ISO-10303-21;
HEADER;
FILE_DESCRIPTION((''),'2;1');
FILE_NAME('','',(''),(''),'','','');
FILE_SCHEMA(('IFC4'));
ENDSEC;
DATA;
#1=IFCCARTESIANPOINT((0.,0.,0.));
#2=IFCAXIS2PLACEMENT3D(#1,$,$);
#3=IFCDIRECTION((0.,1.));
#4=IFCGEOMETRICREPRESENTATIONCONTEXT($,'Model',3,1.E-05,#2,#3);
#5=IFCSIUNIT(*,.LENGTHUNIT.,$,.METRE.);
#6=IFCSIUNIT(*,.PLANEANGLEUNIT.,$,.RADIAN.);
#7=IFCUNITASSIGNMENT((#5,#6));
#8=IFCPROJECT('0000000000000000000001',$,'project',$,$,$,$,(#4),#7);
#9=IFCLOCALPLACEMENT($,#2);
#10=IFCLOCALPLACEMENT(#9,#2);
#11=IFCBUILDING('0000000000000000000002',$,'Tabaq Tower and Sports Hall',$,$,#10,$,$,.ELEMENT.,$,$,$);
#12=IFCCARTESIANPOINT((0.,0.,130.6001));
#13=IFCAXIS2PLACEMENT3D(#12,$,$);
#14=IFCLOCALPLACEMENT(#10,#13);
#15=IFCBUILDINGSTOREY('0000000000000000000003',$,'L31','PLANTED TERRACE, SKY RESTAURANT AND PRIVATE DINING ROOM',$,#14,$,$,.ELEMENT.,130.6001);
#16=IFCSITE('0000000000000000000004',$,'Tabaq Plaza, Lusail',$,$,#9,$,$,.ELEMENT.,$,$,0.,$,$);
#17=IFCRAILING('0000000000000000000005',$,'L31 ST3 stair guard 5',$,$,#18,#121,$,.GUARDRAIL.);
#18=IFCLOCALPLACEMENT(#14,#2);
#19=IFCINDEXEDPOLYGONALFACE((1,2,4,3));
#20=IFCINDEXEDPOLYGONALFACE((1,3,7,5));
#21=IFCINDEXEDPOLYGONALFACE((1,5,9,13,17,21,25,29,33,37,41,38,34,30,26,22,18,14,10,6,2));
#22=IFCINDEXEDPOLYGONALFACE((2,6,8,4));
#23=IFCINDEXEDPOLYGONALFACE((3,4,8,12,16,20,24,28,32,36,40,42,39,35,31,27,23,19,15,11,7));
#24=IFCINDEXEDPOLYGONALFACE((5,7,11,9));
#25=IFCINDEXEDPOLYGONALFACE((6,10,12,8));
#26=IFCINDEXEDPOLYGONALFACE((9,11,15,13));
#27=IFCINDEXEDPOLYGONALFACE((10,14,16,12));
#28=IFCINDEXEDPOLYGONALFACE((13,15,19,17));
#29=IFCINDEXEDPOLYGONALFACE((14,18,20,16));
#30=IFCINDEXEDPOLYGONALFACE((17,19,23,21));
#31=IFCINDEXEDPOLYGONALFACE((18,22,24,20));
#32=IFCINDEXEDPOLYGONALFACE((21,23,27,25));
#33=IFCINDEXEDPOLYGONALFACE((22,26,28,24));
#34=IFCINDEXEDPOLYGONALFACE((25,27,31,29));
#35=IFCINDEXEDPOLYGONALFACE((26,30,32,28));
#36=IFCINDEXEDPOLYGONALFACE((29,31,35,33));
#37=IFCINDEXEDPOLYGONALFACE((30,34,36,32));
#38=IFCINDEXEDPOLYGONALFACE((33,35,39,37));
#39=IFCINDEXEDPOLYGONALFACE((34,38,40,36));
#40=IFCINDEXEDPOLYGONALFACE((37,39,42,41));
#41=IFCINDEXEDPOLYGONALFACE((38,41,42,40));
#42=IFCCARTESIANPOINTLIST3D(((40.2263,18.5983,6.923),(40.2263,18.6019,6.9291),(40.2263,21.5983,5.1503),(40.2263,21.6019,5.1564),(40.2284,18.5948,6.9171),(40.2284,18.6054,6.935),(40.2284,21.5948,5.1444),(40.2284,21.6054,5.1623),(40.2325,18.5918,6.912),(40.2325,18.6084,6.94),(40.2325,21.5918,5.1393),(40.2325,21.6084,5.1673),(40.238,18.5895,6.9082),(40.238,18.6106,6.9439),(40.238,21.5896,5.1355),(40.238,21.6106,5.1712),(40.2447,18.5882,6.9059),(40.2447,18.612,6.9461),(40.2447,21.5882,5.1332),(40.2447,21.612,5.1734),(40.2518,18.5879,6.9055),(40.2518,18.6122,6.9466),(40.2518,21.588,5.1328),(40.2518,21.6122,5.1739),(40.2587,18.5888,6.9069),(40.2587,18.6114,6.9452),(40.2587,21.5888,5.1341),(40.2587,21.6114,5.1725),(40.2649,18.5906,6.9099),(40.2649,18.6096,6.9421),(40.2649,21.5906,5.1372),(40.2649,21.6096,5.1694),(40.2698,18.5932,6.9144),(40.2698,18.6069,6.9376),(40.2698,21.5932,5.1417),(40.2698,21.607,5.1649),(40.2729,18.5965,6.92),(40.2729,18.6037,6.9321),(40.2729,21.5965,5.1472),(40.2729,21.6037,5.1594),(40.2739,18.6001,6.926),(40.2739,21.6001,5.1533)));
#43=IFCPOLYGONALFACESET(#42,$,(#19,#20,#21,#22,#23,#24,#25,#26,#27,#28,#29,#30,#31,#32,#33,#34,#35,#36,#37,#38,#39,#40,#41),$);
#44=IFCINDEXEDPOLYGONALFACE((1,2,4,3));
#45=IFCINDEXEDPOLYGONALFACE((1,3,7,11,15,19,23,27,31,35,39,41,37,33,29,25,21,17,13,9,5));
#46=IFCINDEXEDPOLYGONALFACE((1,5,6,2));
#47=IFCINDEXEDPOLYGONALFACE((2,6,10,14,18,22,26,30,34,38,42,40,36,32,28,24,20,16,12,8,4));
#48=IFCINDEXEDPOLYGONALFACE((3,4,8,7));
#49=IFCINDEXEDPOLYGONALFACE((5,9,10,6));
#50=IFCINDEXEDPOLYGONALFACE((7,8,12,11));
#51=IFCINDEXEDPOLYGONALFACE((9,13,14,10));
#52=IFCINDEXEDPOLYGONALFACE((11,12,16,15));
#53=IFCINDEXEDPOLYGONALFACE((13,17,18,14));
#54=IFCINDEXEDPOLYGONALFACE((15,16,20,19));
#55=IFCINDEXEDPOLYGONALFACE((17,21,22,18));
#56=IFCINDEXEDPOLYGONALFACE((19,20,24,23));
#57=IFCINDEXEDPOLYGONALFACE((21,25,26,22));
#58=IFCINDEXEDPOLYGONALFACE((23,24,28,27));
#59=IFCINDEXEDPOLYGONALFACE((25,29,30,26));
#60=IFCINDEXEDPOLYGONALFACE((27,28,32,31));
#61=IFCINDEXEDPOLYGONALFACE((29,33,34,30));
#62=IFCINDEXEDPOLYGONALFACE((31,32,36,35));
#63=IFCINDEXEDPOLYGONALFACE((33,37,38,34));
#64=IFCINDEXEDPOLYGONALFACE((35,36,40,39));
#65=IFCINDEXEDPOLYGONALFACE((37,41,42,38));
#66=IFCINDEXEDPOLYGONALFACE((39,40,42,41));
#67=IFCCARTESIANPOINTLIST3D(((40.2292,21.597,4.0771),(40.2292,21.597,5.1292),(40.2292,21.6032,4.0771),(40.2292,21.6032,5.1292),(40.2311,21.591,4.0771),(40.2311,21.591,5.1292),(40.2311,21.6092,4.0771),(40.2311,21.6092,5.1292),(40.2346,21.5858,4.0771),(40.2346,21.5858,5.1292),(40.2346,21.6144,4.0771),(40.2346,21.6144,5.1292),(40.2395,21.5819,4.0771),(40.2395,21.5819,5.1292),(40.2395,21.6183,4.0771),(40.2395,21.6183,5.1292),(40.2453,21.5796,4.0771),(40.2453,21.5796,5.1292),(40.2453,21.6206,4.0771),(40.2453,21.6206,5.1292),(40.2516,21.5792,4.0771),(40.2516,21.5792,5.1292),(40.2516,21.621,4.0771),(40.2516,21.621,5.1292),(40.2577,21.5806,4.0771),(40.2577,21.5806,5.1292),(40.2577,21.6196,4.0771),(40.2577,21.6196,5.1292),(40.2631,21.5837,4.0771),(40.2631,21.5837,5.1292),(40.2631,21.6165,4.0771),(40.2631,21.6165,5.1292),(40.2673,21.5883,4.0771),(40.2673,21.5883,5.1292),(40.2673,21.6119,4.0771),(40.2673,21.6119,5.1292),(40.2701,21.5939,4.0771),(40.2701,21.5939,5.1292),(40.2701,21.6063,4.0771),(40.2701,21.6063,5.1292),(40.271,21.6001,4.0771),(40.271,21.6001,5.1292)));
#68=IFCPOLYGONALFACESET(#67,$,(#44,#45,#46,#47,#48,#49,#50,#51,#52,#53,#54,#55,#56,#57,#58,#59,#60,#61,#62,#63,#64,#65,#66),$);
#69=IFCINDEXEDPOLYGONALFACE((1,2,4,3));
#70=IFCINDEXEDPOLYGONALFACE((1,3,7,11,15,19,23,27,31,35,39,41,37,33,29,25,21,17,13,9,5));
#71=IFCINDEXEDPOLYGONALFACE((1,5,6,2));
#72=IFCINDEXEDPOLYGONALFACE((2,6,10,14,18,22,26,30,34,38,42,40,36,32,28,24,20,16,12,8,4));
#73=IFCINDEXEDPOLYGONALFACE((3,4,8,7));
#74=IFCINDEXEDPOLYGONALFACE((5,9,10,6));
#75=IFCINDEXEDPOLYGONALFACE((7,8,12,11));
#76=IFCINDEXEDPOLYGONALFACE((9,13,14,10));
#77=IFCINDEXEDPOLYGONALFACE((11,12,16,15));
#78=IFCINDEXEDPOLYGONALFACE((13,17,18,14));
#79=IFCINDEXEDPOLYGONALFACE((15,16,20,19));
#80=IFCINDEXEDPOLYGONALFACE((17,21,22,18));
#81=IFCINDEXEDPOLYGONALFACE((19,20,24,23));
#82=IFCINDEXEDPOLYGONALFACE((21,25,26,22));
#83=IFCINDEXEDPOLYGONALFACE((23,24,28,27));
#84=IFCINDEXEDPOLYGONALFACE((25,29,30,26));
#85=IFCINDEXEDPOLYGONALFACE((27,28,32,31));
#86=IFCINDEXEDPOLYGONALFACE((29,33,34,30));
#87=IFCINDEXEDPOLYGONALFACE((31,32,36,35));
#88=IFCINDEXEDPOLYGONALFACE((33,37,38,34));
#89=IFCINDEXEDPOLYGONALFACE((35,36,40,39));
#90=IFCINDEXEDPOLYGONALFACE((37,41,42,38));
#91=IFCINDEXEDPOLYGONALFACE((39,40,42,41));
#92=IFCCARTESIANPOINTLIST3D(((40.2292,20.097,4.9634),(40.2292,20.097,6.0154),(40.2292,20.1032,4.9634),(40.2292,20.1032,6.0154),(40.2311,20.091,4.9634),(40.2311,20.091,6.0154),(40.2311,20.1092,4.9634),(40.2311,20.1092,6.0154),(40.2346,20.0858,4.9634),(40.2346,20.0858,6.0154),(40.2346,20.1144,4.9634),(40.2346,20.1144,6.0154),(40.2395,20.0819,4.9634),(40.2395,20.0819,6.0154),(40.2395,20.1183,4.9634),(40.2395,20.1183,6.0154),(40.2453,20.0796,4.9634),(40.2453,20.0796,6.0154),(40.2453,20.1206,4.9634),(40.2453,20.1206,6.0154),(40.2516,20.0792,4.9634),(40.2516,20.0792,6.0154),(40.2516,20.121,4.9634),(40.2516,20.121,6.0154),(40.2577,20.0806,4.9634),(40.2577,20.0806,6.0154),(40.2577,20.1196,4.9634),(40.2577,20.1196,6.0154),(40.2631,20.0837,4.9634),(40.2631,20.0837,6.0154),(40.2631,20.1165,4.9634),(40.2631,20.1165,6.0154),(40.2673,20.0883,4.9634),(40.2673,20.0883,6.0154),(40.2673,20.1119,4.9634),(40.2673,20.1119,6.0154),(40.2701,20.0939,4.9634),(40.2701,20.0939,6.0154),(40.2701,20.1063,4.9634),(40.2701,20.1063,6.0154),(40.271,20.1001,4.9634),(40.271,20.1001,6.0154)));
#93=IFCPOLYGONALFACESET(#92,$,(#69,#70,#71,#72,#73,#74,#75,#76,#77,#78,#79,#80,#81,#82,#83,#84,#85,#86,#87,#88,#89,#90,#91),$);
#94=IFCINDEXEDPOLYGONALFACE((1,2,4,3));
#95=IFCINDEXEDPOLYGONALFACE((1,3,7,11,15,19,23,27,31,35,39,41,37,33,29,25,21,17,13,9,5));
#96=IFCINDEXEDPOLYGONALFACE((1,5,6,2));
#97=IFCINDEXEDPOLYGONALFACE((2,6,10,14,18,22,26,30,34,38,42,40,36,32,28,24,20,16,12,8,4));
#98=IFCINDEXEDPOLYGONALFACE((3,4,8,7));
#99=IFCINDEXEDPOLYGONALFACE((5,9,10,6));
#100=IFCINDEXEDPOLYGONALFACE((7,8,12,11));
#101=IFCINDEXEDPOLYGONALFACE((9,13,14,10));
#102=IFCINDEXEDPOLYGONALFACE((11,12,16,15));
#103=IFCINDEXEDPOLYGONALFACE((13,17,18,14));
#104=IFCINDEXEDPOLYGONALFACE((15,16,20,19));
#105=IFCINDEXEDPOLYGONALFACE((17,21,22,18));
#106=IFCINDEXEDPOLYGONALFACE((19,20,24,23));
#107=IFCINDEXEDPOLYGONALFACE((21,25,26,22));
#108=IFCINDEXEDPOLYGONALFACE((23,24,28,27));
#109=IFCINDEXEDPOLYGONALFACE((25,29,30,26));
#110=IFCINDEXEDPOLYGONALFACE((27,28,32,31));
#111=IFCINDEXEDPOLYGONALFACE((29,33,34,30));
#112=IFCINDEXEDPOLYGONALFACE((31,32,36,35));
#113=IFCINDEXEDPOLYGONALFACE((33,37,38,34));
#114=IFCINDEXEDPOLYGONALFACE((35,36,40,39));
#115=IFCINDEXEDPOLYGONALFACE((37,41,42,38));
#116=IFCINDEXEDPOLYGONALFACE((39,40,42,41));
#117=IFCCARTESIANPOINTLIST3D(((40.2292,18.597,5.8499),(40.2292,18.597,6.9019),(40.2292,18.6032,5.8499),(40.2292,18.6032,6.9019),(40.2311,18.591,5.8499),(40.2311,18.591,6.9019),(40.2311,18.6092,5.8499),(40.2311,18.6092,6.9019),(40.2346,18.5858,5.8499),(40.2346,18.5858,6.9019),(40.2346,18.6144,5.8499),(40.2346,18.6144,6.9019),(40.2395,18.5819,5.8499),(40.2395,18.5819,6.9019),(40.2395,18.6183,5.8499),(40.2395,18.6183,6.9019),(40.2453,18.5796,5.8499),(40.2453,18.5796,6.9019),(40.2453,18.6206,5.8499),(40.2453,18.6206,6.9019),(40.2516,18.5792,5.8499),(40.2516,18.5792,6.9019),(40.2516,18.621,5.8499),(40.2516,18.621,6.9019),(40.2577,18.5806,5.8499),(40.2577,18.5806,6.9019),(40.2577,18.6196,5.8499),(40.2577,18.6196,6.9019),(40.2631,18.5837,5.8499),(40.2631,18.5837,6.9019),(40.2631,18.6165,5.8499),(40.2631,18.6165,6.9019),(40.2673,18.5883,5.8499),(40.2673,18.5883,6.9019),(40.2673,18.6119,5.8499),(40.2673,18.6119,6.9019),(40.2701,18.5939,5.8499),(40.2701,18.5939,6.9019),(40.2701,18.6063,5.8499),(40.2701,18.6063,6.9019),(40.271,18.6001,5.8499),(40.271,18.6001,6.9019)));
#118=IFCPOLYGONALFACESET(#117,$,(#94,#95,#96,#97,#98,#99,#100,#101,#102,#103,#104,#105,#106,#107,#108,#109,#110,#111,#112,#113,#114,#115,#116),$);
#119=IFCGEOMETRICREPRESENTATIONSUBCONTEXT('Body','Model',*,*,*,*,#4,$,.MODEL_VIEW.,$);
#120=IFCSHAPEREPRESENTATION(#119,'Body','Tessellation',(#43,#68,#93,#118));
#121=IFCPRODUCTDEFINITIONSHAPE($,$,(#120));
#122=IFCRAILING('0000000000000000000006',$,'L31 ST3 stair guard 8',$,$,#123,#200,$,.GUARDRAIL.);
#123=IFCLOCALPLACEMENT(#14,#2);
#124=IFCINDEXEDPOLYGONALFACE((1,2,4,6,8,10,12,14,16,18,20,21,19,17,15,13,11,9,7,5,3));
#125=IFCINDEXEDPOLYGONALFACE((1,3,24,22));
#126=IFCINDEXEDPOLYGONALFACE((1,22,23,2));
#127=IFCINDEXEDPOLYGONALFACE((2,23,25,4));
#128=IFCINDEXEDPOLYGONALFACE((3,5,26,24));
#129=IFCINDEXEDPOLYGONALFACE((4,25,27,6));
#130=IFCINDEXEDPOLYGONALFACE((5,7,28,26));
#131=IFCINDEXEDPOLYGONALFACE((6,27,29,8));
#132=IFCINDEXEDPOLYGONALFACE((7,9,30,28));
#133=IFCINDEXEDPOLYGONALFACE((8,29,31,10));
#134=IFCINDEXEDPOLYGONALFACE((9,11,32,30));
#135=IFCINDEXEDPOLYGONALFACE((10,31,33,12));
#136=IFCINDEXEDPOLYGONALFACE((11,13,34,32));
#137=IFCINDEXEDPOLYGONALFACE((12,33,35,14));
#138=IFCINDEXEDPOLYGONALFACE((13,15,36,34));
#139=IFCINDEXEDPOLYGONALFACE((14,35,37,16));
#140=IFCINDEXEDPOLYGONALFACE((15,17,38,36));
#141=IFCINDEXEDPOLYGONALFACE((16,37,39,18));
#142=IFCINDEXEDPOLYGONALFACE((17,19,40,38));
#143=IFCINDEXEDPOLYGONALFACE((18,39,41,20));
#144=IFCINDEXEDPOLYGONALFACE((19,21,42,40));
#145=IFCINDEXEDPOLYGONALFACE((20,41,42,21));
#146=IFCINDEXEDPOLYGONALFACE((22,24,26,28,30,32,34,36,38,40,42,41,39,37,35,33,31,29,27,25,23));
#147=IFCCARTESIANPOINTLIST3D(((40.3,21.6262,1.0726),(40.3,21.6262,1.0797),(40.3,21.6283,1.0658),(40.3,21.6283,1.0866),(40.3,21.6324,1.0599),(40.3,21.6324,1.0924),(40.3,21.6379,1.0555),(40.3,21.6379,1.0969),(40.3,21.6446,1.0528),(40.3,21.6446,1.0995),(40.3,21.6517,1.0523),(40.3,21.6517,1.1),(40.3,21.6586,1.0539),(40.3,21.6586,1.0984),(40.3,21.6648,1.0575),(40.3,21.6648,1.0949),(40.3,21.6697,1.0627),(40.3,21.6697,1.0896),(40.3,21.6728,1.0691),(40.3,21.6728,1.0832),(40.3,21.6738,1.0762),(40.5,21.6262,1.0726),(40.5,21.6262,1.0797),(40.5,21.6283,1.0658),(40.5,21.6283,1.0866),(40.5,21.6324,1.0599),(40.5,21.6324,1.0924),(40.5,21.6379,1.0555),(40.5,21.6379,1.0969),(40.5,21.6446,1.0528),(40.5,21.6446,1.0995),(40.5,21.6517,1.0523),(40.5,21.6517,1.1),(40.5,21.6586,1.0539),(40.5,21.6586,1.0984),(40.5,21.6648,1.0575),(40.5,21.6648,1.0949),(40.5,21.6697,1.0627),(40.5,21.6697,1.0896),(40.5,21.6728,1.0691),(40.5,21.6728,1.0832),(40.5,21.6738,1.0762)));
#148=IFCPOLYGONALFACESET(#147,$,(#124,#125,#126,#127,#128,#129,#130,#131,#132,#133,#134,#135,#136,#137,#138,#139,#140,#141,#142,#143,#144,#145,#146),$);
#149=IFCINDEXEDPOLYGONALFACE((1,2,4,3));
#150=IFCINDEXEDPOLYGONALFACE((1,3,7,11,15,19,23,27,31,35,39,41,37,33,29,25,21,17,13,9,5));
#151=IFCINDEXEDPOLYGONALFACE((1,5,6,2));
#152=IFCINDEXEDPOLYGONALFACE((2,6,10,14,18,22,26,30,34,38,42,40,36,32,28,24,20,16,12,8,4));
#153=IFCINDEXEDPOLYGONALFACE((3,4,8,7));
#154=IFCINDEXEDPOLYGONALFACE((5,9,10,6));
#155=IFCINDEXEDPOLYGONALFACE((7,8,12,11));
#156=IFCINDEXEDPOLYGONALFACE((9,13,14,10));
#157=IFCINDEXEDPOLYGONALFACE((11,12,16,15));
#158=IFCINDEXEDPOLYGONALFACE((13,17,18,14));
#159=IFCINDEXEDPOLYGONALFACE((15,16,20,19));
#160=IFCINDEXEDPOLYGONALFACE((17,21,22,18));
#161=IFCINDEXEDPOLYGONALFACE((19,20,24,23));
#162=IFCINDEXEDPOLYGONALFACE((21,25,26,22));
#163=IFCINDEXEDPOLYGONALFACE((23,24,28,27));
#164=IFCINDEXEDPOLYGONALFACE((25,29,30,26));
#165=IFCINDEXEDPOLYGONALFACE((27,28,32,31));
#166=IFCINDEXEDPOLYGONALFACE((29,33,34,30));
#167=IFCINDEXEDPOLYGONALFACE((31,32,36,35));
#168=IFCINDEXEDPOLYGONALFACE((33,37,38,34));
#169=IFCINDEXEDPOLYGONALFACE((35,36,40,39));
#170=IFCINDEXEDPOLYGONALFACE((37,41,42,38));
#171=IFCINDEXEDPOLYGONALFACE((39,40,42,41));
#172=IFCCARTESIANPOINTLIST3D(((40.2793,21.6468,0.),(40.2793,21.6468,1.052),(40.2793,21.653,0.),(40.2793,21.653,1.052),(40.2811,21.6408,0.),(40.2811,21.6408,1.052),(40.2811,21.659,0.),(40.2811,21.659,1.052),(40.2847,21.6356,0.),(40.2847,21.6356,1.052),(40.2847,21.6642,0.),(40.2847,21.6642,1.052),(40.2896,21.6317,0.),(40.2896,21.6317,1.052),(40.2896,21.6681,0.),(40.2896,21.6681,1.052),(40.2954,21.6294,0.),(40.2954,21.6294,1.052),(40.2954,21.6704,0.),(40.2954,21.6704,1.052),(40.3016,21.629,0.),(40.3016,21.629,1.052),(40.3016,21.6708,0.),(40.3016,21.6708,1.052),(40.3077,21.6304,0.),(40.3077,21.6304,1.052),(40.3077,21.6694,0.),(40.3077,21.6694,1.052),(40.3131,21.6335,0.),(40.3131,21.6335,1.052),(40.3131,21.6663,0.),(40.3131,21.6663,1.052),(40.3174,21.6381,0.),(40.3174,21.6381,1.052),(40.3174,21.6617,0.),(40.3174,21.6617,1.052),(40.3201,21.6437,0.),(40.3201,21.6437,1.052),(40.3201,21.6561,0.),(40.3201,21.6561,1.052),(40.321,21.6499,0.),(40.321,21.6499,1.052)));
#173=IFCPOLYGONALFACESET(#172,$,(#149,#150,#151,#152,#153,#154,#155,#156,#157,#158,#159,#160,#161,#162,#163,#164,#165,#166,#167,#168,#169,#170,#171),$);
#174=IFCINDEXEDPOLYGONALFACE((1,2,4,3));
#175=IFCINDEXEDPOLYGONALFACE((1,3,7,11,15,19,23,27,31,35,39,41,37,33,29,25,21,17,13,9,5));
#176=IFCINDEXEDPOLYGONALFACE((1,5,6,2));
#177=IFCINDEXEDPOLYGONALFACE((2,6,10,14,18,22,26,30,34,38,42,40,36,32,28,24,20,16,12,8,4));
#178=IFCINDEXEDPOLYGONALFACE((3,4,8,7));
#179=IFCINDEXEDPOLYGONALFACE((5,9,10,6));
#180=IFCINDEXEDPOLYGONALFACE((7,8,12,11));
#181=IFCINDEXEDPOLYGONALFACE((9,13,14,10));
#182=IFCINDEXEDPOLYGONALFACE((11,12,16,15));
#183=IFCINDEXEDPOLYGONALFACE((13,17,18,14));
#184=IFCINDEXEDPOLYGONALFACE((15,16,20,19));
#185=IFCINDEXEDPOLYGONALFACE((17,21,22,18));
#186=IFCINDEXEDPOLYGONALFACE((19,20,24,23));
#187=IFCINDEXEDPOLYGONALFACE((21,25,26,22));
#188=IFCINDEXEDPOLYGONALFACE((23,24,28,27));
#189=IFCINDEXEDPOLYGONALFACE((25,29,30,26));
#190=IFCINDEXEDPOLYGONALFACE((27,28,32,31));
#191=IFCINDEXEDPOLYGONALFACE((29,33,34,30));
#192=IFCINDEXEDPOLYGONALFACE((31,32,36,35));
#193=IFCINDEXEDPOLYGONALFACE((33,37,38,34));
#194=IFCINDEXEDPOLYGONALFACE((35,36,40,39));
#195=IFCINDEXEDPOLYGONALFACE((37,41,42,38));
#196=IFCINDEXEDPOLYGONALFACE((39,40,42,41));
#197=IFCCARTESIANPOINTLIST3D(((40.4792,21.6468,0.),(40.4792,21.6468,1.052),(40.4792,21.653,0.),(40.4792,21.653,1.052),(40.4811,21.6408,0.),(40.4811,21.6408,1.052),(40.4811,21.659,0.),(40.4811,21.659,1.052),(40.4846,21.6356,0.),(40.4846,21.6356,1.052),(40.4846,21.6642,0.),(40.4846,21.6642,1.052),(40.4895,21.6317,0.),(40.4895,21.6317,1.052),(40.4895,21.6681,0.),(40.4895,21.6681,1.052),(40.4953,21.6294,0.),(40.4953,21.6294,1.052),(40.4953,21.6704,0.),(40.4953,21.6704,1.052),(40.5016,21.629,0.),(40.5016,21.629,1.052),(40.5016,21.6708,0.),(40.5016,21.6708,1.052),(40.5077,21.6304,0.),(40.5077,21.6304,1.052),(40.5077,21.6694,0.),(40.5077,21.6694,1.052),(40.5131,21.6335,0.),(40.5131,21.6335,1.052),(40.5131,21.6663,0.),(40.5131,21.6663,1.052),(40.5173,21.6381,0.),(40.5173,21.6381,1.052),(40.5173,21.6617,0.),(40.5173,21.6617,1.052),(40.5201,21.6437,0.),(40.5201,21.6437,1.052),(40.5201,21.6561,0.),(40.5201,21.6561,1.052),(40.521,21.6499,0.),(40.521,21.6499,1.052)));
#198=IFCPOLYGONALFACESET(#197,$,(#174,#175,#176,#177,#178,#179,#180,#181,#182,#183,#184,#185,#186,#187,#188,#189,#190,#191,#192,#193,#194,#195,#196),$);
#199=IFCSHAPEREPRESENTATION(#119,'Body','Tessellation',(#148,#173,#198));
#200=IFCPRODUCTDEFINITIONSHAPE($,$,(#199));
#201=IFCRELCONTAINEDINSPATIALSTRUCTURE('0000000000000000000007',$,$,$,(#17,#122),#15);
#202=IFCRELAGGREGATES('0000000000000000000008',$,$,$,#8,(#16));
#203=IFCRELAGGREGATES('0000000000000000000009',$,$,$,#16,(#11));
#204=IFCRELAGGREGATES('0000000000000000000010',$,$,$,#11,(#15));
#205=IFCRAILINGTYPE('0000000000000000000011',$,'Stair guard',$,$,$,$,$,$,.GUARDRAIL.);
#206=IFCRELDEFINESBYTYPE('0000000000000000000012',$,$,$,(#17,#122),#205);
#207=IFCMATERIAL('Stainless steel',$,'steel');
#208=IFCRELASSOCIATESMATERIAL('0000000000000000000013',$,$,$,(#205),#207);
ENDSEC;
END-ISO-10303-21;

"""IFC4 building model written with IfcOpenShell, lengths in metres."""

from ifc_helpers import new_model, si_unit, direction, frame, origin, origin_2d, place, context, subcontext, project, spatial, circle, extrude, material, type_object, element, save


model = new_model("IFC4")

# Units and contexts
model_context = context("Model", 3, precision=1e-05, world=origin(), true_north=direction((0.0, 1.0)))
body_context = subcontext(model_context, "Body", "Model", "MODEL_VIEW")
ifc_project = project(units=[si_unit("LENGTHUNIT", "METRE"), si_unit("PLANEANGLEUNIT", "RADIAN")], contexts=[model_context])

# Site, building, storey
site_placement = place(None, origin())
site = spatial("IfcSite", under=ifc_project, at=site_placement, Name="Tabaq Plaza, Lusail", CompositionType="ELEMENT", RefElevation=0.0)
building_placement = place(site_placement, origin())
building = spatial("IfcBuilding", under=site, at=building_placement, Name="Tabaq Tower and Sports Hall", CompositionType="ELEMENT")
storey_placement = place(building_placement, frame((0.0, 0.0, 130.6001)))
storey = spatial("IfcBuildingStorey", under=building, at=storey_placement, Name="L31", Description="PLANTED TERRACE, SKY RESTAURANT AND PRIVATE DINING ROOM", CompositionType="ELEMENT", Elevation=130.6001)

# Railings
ifc_material_1 = material(Name="Stainless steel", Category="steel")
railing_type_1 = type_object("IfcRailingType", Name="Stair guard", PredefinedType="GUARDRAIL", material=ifc_material_1)
railing_1_placement = place(storey_placement, frame((40.25, 21.6001, 4.0771)))
element("IfcRailing", 1, at=railing_1_placement, inside=storey, type_object=railing_type_1, Name="L31 ST3 stair guard 5", PredefinedType="GUARDRAIL", context=body_context, shape_type="SweptSolid", body=[
    extrude(circle(Radius=0.0239, at=origin_2d()), frame((0.0, 0.0, 1.0762), z_axis=(0.0, -0.860929, 0.508725), x_axis=(1.0, 0.0, 0.0)), (0.0, 0.0, 1.0), 3.4846),
    extrude(circle(Radius=0.021, at=origin_2d()), origin(), (0.0, 0.0, 1.0), 1.052),
    extrude(circle(Radius=0.021, at=origin_2d()), frame((0.0, -1.5, 0.8862)), (0.0, 0.0, 1.0), 1.052),
    extrude(circle(Radius=0.021, at=origin_2d()), frame((0.0, -3.0, 1.7727)), (0.0, 0.0, 1.0), 1.052),
])
railing_2_placement = place(storey_placement, frame((40.3, 21.6499, 0.0)))
element("IfcRailing", 2, at=railing_2_placement, inside=storey, type_object=railing_type_1, Name="L31 ST3 stair guard 8", PredefinedType="GUARDRAIL", context=body_context, shape_type="SweptSolid", body=[
    extrude(circle(Radius=0.0239, at=origin_2d()), frame((0.0, 0.0, 1.0762), z_axis=(1.0, 0.0, 0.0), x_axis=(0.0, 1.0, 0.0)), (0.0, 0.0, 1.0), 0.2),
    extrude(circle(Radius=0.021, at=origin_2d()), origin(), (0.0, 0.0, 1.0), 1.052),
    extrude(circle(Radius=0.021, at=origin_2d()), frame((0.2, 0.0, 0.0)), (0.0, 0.0, 1.0), 1.052),
])

save(model, "model.ifc")
